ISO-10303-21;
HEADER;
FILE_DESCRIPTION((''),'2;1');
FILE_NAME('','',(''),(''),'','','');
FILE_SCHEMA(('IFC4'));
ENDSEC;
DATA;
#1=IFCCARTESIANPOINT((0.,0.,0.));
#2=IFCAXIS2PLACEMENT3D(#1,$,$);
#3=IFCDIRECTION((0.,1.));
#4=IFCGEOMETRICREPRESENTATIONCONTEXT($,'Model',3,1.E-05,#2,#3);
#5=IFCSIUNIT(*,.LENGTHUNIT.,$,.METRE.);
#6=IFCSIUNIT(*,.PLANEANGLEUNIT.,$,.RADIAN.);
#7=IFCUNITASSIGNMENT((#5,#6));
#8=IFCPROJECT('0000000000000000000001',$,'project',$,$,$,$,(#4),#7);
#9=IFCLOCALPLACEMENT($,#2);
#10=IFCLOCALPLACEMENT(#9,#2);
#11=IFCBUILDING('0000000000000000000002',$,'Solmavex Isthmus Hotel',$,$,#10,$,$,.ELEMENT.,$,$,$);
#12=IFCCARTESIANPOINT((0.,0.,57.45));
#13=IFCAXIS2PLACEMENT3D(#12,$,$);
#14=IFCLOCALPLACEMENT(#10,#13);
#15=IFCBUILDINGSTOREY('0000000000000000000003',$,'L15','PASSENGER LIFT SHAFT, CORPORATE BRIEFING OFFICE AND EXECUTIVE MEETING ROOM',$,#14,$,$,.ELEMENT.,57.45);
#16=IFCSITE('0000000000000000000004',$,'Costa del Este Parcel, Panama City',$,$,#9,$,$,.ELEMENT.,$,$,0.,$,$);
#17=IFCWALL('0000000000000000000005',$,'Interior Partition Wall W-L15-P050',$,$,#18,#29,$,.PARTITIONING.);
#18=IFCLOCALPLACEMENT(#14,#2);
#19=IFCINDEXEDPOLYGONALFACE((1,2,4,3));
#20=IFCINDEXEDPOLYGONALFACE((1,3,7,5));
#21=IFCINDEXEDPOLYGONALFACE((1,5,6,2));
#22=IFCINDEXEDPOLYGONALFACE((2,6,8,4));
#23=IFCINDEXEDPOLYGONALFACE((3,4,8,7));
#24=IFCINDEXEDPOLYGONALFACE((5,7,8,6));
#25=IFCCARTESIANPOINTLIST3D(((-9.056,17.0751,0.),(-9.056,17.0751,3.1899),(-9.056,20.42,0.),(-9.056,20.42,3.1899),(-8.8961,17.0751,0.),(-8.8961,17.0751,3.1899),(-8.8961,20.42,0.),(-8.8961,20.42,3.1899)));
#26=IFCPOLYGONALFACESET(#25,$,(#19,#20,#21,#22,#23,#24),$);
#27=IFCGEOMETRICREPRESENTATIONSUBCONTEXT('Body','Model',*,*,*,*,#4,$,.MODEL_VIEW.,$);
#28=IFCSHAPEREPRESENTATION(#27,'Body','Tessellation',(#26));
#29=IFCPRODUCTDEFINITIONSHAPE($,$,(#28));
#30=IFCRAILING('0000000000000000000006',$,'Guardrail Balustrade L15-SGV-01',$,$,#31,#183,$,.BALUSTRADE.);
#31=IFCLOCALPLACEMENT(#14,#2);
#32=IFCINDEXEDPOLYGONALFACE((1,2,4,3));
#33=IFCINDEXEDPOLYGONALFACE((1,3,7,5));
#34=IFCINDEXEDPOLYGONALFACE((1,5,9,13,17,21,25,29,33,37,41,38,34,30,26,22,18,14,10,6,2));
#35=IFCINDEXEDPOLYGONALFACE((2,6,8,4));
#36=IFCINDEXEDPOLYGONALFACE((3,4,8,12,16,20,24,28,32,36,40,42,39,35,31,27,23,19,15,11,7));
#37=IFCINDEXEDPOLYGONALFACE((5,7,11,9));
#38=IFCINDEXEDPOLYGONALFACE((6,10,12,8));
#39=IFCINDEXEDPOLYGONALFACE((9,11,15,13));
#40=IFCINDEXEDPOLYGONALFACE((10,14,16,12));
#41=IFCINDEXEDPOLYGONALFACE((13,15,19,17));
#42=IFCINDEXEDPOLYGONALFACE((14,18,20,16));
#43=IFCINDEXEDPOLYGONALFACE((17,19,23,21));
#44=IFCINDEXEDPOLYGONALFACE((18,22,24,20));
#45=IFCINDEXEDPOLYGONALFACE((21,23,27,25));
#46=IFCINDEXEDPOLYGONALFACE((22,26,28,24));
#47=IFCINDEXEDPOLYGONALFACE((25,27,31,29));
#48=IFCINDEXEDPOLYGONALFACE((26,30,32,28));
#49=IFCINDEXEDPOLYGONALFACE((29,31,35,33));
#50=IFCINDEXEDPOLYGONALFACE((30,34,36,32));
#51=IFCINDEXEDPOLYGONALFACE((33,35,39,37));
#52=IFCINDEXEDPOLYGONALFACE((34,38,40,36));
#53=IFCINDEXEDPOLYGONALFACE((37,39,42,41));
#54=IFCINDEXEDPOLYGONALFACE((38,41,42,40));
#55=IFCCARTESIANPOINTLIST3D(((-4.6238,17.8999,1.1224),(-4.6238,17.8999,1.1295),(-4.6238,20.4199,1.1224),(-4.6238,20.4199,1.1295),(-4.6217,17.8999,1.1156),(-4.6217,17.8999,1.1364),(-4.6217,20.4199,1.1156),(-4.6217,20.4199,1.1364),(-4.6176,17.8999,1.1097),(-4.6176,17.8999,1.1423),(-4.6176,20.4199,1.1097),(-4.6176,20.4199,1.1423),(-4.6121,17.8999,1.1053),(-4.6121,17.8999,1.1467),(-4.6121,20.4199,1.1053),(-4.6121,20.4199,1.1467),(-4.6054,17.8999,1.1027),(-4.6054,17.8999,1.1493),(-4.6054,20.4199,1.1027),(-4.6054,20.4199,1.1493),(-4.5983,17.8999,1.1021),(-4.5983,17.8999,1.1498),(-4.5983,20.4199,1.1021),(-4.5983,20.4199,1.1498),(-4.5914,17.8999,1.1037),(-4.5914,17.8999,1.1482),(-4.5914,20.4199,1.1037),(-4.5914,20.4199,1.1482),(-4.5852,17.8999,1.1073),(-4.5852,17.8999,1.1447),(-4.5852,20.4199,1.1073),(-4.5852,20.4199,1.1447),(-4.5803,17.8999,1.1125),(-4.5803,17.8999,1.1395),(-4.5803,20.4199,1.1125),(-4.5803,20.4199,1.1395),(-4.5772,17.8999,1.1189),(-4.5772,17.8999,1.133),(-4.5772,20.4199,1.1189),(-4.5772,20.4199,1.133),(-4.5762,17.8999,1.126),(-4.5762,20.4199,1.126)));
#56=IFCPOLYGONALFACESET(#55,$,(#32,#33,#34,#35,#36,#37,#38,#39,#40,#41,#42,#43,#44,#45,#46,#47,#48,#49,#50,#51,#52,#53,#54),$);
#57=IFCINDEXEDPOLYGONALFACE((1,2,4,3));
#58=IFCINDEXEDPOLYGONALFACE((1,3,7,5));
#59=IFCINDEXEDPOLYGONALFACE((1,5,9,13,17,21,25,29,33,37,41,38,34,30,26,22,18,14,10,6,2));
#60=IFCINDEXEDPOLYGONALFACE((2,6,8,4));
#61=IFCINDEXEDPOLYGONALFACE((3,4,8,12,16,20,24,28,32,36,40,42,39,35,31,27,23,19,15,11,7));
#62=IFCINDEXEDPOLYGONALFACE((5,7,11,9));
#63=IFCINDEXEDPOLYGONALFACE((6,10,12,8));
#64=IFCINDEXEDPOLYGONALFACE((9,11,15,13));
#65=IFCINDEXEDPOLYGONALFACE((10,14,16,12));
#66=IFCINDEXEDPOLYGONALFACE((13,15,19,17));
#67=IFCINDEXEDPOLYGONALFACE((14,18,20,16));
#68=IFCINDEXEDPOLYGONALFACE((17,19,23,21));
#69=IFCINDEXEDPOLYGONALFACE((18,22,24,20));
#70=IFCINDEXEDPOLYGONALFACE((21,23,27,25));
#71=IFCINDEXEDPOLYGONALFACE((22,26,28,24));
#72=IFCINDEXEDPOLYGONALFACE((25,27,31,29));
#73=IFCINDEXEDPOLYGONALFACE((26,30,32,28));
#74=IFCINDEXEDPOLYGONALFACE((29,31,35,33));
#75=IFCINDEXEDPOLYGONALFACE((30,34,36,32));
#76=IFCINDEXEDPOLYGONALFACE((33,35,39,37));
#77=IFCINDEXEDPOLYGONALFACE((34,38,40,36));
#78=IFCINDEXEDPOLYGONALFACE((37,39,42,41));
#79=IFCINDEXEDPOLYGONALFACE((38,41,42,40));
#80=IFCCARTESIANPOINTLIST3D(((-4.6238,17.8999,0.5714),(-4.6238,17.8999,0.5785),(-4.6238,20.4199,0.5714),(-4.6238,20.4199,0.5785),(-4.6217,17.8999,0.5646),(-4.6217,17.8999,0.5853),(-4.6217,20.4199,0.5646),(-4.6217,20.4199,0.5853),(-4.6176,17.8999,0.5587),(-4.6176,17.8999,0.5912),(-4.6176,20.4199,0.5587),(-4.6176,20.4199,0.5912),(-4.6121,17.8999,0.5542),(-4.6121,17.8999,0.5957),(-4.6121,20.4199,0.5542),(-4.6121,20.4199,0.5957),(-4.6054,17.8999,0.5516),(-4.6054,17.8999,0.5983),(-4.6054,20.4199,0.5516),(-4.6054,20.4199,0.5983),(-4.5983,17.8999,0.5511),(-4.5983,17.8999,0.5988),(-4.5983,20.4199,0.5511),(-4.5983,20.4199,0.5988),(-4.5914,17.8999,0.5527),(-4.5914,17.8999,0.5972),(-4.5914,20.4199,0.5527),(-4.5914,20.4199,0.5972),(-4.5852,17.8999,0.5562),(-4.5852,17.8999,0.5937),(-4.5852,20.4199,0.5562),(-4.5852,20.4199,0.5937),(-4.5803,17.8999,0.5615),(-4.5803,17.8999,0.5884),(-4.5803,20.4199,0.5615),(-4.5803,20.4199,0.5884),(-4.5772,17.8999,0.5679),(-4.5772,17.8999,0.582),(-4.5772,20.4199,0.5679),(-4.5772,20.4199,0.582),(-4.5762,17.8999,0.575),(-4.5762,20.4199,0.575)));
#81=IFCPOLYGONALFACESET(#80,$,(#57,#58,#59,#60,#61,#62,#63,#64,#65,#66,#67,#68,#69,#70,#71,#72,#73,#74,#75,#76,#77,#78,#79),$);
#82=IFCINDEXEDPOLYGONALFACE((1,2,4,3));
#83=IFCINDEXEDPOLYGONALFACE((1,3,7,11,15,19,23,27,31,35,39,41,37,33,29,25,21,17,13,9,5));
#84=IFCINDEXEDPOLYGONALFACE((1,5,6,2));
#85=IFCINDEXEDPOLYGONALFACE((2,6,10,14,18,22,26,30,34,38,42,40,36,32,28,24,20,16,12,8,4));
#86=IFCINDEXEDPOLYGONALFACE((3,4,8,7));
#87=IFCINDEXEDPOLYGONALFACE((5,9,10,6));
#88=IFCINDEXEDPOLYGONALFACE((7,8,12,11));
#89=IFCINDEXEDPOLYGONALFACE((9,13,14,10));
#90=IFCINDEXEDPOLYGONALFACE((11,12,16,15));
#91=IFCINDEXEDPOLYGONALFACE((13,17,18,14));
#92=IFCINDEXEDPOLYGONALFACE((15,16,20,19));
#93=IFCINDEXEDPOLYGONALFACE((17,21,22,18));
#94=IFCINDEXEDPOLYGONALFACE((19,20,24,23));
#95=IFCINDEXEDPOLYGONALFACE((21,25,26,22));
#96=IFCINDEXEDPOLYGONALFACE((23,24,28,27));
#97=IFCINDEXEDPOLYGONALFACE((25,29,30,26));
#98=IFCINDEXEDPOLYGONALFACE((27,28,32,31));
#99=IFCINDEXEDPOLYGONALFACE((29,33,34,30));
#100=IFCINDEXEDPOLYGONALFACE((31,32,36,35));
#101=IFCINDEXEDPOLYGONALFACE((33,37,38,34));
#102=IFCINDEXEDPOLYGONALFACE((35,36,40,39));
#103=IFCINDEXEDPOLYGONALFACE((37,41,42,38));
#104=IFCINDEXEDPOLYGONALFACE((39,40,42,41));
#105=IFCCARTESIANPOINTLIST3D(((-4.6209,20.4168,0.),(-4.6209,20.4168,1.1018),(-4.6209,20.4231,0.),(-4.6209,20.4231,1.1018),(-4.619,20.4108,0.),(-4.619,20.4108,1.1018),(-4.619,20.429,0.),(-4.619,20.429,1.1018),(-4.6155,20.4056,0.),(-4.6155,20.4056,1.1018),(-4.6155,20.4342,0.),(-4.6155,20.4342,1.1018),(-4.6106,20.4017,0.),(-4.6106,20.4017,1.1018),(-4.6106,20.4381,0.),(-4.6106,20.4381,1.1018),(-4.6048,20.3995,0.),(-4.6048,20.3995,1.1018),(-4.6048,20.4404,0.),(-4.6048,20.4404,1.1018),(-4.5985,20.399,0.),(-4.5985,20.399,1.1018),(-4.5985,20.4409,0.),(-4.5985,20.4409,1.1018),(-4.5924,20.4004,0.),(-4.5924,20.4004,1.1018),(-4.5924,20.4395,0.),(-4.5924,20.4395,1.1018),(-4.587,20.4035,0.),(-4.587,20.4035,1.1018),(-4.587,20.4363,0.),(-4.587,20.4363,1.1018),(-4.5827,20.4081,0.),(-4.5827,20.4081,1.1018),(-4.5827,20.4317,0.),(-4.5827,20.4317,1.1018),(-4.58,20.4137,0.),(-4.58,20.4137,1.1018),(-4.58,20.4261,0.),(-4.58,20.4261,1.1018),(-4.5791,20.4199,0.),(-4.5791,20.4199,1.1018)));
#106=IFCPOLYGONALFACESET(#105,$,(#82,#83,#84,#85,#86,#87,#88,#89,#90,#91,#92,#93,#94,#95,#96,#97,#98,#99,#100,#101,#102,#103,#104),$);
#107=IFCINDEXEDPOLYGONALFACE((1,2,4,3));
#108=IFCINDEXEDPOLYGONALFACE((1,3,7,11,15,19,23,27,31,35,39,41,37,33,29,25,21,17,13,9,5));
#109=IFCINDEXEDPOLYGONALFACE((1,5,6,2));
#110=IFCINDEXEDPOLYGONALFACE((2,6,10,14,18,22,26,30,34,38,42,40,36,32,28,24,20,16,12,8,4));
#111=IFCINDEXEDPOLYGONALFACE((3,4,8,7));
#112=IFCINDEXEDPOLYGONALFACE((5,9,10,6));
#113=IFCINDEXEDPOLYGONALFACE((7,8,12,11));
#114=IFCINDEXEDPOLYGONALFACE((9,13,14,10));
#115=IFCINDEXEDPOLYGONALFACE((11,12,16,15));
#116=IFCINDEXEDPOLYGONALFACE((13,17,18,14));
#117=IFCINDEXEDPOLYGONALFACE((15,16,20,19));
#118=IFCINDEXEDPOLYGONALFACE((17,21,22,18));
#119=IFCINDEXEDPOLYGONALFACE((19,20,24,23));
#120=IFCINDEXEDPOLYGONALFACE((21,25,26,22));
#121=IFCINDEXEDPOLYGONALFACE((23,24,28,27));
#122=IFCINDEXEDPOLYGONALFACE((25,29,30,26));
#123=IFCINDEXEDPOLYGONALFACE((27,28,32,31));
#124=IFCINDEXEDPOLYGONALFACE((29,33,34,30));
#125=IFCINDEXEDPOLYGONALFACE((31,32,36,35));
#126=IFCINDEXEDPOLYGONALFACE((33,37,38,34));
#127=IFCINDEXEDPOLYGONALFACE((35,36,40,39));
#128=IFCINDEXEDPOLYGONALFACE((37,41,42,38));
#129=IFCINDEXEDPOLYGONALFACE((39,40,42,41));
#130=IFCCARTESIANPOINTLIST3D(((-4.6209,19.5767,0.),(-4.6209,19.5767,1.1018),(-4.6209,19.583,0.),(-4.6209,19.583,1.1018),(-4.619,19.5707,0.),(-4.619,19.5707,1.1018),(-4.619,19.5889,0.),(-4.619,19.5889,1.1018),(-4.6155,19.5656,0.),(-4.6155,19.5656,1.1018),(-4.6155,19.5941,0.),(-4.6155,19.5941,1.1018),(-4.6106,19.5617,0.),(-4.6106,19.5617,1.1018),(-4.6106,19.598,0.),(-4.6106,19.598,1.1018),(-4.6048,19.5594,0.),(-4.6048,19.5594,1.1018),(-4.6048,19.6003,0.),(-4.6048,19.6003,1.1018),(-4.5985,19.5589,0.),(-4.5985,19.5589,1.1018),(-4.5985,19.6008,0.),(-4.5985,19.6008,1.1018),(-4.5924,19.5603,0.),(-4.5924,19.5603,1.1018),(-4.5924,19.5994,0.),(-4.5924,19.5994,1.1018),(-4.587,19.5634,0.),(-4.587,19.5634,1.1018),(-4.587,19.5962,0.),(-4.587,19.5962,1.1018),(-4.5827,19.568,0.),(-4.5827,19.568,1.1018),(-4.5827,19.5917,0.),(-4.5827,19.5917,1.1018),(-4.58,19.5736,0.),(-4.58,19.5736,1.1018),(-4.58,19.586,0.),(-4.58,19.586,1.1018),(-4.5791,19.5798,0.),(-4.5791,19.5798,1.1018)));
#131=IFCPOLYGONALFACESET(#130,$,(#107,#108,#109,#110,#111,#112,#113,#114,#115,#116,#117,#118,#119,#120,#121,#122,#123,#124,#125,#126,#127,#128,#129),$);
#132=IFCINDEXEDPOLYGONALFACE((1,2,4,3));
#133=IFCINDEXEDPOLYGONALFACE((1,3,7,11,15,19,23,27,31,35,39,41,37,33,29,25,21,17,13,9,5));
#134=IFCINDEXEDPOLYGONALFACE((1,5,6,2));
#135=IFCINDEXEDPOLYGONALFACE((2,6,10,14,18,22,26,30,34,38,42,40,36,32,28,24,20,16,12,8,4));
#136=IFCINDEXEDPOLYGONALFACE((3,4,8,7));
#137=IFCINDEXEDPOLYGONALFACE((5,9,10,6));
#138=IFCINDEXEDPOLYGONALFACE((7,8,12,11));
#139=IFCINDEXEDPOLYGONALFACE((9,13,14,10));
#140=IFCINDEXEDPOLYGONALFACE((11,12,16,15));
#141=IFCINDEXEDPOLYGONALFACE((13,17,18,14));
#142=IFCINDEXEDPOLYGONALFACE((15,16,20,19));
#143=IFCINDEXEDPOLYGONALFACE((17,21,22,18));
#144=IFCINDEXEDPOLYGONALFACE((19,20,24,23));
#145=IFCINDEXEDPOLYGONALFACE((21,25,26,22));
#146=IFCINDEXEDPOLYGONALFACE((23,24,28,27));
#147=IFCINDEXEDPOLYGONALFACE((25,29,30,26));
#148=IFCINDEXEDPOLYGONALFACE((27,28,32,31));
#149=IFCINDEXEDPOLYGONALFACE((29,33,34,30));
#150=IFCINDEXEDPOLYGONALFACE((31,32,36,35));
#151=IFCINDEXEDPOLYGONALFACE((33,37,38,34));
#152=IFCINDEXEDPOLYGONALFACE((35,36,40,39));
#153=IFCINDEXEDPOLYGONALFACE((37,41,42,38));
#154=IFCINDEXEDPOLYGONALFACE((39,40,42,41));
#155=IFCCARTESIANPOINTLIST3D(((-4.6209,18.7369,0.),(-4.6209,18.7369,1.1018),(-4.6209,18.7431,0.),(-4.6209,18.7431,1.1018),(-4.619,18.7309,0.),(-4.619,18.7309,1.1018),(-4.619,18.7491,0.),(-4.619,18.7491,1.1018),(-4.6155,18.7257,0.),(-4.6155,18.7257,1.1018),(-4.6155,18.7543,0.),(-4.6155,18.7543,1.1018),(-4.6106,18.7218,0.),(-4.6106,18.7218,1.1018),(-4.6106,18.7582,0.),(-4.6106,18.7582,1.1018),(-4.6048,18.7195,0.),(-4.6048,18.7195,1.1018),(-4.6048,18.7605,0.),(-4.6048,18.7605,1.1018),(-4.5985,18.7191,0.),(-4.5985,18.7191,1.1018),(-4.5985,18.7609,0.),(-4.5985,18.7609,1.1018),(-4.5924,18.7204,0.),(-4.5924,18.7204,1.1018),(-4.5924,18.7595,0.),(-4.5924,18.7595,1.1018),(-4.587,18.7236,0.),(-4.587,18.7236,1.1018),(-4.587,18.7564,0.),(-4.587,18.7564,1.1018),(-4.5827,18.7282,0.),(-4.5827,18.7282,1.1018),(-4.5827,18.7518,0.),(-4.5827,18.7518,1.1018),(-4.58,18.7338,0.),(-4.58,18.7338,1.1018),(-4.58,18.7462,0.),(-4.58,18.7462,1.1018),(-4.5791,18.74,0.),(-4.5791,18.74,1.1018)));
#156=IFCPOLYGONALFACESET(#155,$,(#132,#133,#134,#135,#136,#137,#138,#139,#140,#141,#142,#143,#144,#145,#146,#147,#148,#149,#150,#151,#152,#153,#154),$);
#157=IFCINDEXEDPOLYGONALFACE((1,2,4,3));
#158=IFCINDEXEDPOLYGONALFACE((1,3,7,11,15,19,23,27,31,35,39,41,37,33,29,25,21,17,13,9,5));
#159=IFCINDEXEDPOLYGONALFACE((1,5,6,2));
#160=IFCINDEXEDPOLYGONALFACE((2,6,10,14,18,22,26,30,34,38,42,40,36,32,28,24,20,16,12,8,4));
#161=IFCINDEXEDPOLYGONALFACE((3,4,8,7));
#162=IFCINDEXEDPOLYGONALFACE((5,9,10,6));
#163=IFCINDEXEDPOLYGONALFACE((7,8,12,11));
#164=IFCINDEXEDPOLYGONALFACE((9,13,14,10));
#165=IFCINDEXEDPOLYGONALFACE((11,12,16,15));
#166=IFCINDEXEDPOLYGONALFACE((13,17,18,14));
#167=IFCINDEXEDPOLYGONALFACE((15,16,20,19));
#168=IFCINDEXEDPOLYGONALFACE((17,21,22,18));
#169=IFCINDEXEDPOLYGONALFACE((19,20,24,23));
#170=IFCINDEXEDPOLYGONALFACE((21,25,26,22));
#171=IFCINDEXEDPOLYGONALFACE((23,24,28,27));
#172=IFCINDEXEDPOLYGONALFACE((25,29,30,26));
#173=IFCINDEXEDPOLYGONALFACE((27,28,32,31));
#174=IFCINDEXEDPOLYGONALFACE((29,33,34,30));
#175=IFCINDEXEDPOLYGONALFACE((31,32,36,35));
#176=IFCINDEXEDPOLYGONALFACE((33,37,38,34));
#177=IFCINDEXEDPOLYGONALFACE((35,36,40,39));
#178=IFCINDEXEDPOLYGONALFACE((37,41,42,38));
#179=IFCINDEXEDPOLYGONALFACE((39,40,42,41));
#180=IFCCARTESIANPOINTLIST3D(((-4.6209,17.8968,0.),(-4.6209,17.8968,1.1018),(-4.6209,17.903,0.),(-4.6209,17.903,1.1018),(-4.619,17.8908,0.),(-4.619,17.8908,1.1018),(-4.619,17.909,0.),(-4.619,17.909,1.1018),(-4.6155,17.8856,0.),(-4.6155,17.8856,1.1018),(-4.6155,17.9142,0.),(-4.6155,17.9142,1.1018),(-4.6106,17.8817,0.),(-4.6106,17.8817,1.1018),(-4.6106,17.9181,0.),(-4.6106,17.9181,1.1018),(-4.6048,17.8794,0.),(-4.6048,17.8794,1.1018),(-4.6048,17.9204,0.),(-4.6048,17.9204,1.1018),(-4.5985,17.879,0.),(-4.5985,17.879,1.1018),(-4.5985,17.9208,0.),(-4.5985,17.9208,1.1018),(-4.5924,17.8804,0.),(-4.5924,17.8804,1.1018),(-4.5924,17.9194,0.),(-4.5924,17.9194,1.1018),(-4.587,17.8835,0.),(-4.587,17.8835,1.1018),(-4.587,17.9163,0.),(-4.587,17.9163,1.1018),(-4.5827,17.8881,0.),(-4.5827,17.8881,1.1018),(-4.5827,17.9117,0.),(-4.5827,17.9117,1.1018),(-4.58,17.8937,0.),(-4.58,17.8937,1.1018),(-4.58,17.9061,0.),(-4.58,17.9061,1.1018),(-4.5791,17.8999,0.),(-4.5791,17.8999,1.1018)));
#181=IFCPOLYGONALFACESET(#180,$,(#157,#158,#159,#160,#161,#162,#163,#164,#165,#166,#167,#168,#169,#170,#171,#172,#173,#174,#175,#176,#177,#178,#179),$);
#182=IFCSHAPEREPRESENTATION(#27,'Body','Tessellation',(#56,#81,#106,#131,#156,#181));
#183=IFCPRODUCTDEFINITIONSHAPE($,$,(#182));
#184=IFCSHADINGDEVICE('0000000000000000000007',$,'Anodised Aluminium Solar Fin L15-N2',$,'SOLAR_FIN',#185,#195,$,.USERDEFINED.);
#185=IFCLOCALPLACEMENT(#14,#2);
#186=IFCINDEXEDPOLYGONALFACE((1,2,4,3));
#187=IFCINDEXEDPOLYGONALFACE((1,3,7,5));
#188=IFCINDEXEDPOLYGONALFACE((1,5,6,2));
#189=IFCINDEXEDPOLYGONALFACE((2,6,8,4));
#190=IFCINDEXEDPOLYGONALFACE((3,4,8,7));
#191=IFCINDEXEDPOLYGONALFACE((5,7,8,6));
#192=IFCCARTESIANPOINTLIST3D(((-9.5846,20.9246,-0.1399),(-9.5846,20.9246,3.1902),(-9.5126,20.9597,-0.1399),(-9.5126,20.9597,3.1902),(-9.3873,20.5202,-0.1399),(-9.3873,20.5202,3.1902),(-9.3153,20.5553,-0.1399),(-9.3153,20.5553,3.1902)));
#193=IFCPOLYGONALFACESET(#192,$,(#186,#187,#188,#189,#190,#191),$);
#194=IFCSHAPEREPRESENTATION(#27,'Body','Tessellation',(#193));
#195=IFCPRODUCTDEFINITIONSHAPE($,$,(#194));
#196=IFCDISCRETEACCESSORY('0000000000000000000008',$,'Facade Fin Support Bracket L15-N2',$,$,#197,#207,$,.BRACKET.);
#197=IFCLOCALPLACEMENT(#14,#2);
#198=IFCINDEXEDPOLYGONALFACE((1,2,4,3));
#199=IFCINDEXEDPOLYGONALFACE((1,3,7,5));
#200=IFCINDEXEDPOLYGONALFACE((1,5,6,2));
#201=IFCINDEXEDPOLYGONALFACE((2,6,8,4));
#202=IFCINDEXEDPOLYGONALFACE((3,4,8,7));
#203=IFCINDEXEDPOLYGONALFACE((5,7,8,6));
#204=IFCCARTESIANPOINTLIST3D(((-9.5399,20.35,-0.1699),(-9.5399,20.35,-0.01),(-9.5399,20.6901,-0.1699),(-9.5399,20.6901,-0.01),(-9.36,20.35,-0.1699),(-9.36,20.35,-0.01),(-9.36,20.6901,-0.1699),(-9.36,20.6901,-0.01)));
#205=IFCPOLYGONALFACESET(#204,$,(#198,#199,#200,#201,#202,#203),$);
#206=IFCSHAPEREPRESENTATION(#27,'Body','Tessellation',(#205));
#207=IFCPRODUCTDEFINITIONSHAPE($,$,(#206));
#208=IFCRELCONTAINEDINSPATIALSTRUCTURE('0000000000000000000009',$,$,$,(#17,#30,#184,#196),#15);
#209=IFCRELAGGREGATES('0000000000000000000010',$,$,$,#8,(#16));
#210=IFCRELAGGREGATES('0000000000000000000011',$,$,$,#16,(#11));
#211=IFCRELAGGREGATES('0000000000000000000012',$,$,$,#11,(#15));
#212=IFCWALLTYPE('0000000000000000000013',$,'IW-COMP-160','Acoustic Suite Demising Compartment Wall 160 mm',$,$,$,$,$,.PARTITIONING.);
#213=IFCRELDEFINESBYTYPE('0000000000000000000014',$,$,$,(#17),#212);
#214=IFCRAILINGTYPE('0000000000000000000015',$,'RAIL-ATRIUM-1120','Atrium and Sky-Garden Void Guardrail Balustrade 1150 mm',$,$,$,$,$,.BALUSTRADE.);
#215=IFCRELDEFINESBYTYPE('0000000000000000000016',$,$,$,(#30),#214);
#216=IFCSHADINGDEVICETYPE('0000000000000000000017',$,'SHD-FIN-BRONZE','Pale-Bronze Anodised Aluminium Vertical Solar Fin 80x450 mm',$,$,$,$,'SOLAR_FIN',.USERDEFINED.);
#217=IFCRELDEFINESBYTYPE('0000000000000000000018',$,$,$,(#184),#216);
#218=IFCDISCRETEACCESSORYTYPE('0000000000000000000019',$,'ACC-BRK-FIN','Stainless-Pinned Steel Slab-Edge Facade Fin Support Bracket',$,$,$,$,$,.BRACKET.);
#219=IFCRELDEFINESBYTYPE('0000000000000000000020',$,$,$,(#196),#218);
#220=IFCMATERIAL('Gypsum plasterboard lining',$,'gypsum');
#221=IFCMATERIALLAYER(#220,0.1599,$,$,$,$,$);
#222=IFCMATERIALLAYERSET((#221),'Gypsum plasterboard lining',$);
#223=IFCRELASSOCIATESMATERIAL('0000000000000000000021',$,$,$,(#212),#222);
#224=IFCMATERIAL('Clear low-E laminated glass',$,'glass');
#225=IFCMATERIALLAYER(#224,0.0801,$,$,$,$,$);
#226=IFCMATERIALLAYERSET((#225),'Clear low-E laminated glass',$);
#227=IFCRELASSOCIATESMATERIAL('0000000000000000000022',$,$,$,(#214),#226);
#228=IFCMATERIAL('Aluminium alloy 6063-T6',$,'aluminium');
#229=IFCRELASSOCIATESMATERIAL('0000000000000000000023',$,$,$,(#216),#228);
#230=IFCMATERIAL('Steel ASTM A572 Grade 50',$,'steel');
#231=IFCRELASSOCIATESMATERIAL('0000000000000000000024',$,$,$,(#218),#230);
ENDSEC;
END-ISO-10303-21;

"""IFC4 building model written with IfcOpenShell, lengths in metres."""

from ifc_helpers import new_model, si_unit, direction, frame, frame_2d, origin, origin_2d, place, context, subcontext, project, spatial, rectangle, circle, extrude, material, layer, layer_set, type_object, element, save


model = new_model("IFC4")

# Units and contexts
model_context = context("Model", 3, precision=1e-05, world=origin(), true_north=direction((0.0, 1.0)))
body_context = subcontext(model_context, "Body", "Model", "MODEL_VIEW")
ifc_project = project(units=[si_unit("LENGTHUNIT", "METRE"), si_unit("PLANEANGLEUNIT", "RADIAN")], contexts=[model_context])

# Site, building, storey
site_placement = place(None, origin())
site = spatial("IfcSite", under=ifc_project, at=site_placement, Name="Costa del Este Parcel, Panama City", CompositionType="ELEMENT", RefElevation=0.0)
building_placement = place(site_placement, origin())
building = spatial("IfcBuilding", under=site, at=building_placement, Name="Solmavex Isthmus Hotel", CompositionType="ELEMENT")
storey_placement = place(building_placement, frame((0.0, 0.0, 57.45)))
storey = spatial("IfcBuildingStorey", under=building, at=storey_placement, Name="L15", Description="PASSENGER LIFT SHAFT, CORPORATE BRIEFING OFFICE AND EXECUTIVE MEETING ROOM", CompositionType="ELEMENT", Elevation=57.45)

# Shared definitions
ifc_material_1 = material(Name="Aluminium alloy 6063-T6", Category="aluminium")

# Shared definitions
ifc_material_2 = material(Name="Clear low-E laminated glass", Category="glass")

# Wall
ifc_material_3 = material(Name="Gypsum plasterboard lining", Category="gypsum")
ifc_layer_1 = layer(ifc_material_3, 0.1599)
ifc_layer_set_1 = layer_set([ifc_layer_1], Name="Gypsum plasterboard lining")
wall_type_1 = type_object("IfcWallType", Name="IW-COMP-160", Description="Acoustic Suite Demising Compartment Wall 160 mm", PredefinedType="PARTITIONING", material=ifc_layer_set_1)
wall_1_placement = place(storey_placement, frame((-8.9761, 20.4199, 0.0), z_axis=(0.0, 0.0, 1.0), x_axis=(0.0, -1.0, 0.0)))
element("IfcWall", 1, at=wall_1_placement, inside=storey, type_object=wall_type_1, Name="Interior Partition Wall W-L15-P050", PredefinedType="PARTITIONING", context=body_context, shape_type="SweptSolid", body=[
    extrude(rectangle(XDim=3.345, YDim=0.1599, at=frame_2d((1.6724, 0.0))), origin(), (0.0, 0.0, 1.0), 3.1899),
])

# Railing
ifc_layer_2 = layer(ifc_material_2, 0.0801)
ifc_layer_set_2 = layer_set([ifc_layer_2], Name="Clear low-E laminated glass")
railing_type = type_object("IfcRailingType", Name="RAIL-ATRIUM-1120", Description="Atrium and Sky-Garden Void Guardrail Balustrade 1150 mm", PredefinedType="BALUSTRADE", material=ifc_layer_set_2)
railing_1_placement = place(storey_placement, frame((-4.6001, 20.4199, 0.0)))
element("IfcRailing", 2, at=railing_1_placement, inside=storey, type_object=railing_type, Name="Guardrail Balustrade L15-SGV-01", PredefinedType="BALUSTRADE", context=body_context, shape_type="SweptSolid", body=[
    extrude(circle(Radius=0.0239, at=origin_2d()), frame((0.0, 0.0, 1.126), z_axis=(0.0, -1.0, 0.0), x_axis=(1.0, 0.0, 0.0)), (0.0, 0.0, 1.0), 2.52),
    extrude(circle(Radius=0.0239, at=origin_2d()), frame((0.0, 0.0, 0.575), z_axis=(0.0, -1.0, 0.0), x_axis=(1.0, 0.0, 0.0)), (0.0, 0.0, 1.0), 2.52),
    extrude(circle(Radius=0.021, at=origin_2d()), origin(), (0.0, 0.0, 1.0), 1.1018),
    extrude(circle(Radius=0.021, at=origin_2d()), frame((0.0, -0.8401, 0.0)), (0.0, 0.0, 1.0), 1.1018),
    extrude(circle(Radius=0.021, at=origin_2d()), frame((0.0, -1.6799, 0.0)), (0.0, 0.0, 1.0), 1.1018),
    extrude(circle(Radius=0.021, at=origin_2d()), frame((0.0, -2.52, 0.0)), (0.0, 0.0, 1.0), 1.1018),
])

# Shading device
shading_device_type = type_object("IfcShadingDeviceType", Name="SHD-FIN-BRONZE", Description="Pale-Bronze Anodised Aluminium Vertical Solar Fin 80x450 mm", ElementType="SOLAR_FIN", PredefinedType="USERDEFINED", material=ifc_material_1)
shading_device_placement = place(storey_placement, frame((-9.45, 20.74, -0.1399), z_axis=(0.0, 0.0, 1.0), x_axis=(-0.438371, 0.898794, 0.0)))
element("IfcShadingDevice", 3, at=shading_device_placement, inside=storey, type_object=shading_device_type, Name="Anodised Aluminium Solar Fin L15-N2", ObjectType="SOLAR_FIN", PredefinedType="USERDEFINED", context=body_context, shape_type="SweptSolid", body=[
    extrude(rectangle(XDim=0.45, YDim=0.0801, at=origin_2d()), origin(), (0.0, 0.0, 1.0), 3.3301),
])

# Discrete accessory
ifc_material_4 = material(Name="Steel ASTM A572 Grade 50", Category="steel")
discrete_accessory_type = type_object("IfcDiscreteAccessoryType", Name="ACC-BRK-FIN", Description="Stainless-Pinned Steel Slab-Edge Facade Fin Support Bracket", PredefinedType="BRACKET", material=ifc_material_4)
discrete_accessory_placement = place(storey_placement, frame((-9.45, 20.52, -0.1699), z_axis=(0.0, 0.0, 1.0), x_axis=(0.0, 1.0, 0.0)))
element("IfcDiscreteAccessory", 4, at=discrete_accessory_placement, inside=storey, type_object=discrete_accessory_type, Name="Facade Fin Support Bracket L15-N2", PredefinedType="BRACKET", context=body_context, shape_type="SweptSolid", body=[
    extrude(rectangle(XDim=0.3401, YDim=0.1799, at=origin_2d()), origin(), (0.0, 0.0, 1.0), 0.1599),
])

save(model, "model.ifc")
